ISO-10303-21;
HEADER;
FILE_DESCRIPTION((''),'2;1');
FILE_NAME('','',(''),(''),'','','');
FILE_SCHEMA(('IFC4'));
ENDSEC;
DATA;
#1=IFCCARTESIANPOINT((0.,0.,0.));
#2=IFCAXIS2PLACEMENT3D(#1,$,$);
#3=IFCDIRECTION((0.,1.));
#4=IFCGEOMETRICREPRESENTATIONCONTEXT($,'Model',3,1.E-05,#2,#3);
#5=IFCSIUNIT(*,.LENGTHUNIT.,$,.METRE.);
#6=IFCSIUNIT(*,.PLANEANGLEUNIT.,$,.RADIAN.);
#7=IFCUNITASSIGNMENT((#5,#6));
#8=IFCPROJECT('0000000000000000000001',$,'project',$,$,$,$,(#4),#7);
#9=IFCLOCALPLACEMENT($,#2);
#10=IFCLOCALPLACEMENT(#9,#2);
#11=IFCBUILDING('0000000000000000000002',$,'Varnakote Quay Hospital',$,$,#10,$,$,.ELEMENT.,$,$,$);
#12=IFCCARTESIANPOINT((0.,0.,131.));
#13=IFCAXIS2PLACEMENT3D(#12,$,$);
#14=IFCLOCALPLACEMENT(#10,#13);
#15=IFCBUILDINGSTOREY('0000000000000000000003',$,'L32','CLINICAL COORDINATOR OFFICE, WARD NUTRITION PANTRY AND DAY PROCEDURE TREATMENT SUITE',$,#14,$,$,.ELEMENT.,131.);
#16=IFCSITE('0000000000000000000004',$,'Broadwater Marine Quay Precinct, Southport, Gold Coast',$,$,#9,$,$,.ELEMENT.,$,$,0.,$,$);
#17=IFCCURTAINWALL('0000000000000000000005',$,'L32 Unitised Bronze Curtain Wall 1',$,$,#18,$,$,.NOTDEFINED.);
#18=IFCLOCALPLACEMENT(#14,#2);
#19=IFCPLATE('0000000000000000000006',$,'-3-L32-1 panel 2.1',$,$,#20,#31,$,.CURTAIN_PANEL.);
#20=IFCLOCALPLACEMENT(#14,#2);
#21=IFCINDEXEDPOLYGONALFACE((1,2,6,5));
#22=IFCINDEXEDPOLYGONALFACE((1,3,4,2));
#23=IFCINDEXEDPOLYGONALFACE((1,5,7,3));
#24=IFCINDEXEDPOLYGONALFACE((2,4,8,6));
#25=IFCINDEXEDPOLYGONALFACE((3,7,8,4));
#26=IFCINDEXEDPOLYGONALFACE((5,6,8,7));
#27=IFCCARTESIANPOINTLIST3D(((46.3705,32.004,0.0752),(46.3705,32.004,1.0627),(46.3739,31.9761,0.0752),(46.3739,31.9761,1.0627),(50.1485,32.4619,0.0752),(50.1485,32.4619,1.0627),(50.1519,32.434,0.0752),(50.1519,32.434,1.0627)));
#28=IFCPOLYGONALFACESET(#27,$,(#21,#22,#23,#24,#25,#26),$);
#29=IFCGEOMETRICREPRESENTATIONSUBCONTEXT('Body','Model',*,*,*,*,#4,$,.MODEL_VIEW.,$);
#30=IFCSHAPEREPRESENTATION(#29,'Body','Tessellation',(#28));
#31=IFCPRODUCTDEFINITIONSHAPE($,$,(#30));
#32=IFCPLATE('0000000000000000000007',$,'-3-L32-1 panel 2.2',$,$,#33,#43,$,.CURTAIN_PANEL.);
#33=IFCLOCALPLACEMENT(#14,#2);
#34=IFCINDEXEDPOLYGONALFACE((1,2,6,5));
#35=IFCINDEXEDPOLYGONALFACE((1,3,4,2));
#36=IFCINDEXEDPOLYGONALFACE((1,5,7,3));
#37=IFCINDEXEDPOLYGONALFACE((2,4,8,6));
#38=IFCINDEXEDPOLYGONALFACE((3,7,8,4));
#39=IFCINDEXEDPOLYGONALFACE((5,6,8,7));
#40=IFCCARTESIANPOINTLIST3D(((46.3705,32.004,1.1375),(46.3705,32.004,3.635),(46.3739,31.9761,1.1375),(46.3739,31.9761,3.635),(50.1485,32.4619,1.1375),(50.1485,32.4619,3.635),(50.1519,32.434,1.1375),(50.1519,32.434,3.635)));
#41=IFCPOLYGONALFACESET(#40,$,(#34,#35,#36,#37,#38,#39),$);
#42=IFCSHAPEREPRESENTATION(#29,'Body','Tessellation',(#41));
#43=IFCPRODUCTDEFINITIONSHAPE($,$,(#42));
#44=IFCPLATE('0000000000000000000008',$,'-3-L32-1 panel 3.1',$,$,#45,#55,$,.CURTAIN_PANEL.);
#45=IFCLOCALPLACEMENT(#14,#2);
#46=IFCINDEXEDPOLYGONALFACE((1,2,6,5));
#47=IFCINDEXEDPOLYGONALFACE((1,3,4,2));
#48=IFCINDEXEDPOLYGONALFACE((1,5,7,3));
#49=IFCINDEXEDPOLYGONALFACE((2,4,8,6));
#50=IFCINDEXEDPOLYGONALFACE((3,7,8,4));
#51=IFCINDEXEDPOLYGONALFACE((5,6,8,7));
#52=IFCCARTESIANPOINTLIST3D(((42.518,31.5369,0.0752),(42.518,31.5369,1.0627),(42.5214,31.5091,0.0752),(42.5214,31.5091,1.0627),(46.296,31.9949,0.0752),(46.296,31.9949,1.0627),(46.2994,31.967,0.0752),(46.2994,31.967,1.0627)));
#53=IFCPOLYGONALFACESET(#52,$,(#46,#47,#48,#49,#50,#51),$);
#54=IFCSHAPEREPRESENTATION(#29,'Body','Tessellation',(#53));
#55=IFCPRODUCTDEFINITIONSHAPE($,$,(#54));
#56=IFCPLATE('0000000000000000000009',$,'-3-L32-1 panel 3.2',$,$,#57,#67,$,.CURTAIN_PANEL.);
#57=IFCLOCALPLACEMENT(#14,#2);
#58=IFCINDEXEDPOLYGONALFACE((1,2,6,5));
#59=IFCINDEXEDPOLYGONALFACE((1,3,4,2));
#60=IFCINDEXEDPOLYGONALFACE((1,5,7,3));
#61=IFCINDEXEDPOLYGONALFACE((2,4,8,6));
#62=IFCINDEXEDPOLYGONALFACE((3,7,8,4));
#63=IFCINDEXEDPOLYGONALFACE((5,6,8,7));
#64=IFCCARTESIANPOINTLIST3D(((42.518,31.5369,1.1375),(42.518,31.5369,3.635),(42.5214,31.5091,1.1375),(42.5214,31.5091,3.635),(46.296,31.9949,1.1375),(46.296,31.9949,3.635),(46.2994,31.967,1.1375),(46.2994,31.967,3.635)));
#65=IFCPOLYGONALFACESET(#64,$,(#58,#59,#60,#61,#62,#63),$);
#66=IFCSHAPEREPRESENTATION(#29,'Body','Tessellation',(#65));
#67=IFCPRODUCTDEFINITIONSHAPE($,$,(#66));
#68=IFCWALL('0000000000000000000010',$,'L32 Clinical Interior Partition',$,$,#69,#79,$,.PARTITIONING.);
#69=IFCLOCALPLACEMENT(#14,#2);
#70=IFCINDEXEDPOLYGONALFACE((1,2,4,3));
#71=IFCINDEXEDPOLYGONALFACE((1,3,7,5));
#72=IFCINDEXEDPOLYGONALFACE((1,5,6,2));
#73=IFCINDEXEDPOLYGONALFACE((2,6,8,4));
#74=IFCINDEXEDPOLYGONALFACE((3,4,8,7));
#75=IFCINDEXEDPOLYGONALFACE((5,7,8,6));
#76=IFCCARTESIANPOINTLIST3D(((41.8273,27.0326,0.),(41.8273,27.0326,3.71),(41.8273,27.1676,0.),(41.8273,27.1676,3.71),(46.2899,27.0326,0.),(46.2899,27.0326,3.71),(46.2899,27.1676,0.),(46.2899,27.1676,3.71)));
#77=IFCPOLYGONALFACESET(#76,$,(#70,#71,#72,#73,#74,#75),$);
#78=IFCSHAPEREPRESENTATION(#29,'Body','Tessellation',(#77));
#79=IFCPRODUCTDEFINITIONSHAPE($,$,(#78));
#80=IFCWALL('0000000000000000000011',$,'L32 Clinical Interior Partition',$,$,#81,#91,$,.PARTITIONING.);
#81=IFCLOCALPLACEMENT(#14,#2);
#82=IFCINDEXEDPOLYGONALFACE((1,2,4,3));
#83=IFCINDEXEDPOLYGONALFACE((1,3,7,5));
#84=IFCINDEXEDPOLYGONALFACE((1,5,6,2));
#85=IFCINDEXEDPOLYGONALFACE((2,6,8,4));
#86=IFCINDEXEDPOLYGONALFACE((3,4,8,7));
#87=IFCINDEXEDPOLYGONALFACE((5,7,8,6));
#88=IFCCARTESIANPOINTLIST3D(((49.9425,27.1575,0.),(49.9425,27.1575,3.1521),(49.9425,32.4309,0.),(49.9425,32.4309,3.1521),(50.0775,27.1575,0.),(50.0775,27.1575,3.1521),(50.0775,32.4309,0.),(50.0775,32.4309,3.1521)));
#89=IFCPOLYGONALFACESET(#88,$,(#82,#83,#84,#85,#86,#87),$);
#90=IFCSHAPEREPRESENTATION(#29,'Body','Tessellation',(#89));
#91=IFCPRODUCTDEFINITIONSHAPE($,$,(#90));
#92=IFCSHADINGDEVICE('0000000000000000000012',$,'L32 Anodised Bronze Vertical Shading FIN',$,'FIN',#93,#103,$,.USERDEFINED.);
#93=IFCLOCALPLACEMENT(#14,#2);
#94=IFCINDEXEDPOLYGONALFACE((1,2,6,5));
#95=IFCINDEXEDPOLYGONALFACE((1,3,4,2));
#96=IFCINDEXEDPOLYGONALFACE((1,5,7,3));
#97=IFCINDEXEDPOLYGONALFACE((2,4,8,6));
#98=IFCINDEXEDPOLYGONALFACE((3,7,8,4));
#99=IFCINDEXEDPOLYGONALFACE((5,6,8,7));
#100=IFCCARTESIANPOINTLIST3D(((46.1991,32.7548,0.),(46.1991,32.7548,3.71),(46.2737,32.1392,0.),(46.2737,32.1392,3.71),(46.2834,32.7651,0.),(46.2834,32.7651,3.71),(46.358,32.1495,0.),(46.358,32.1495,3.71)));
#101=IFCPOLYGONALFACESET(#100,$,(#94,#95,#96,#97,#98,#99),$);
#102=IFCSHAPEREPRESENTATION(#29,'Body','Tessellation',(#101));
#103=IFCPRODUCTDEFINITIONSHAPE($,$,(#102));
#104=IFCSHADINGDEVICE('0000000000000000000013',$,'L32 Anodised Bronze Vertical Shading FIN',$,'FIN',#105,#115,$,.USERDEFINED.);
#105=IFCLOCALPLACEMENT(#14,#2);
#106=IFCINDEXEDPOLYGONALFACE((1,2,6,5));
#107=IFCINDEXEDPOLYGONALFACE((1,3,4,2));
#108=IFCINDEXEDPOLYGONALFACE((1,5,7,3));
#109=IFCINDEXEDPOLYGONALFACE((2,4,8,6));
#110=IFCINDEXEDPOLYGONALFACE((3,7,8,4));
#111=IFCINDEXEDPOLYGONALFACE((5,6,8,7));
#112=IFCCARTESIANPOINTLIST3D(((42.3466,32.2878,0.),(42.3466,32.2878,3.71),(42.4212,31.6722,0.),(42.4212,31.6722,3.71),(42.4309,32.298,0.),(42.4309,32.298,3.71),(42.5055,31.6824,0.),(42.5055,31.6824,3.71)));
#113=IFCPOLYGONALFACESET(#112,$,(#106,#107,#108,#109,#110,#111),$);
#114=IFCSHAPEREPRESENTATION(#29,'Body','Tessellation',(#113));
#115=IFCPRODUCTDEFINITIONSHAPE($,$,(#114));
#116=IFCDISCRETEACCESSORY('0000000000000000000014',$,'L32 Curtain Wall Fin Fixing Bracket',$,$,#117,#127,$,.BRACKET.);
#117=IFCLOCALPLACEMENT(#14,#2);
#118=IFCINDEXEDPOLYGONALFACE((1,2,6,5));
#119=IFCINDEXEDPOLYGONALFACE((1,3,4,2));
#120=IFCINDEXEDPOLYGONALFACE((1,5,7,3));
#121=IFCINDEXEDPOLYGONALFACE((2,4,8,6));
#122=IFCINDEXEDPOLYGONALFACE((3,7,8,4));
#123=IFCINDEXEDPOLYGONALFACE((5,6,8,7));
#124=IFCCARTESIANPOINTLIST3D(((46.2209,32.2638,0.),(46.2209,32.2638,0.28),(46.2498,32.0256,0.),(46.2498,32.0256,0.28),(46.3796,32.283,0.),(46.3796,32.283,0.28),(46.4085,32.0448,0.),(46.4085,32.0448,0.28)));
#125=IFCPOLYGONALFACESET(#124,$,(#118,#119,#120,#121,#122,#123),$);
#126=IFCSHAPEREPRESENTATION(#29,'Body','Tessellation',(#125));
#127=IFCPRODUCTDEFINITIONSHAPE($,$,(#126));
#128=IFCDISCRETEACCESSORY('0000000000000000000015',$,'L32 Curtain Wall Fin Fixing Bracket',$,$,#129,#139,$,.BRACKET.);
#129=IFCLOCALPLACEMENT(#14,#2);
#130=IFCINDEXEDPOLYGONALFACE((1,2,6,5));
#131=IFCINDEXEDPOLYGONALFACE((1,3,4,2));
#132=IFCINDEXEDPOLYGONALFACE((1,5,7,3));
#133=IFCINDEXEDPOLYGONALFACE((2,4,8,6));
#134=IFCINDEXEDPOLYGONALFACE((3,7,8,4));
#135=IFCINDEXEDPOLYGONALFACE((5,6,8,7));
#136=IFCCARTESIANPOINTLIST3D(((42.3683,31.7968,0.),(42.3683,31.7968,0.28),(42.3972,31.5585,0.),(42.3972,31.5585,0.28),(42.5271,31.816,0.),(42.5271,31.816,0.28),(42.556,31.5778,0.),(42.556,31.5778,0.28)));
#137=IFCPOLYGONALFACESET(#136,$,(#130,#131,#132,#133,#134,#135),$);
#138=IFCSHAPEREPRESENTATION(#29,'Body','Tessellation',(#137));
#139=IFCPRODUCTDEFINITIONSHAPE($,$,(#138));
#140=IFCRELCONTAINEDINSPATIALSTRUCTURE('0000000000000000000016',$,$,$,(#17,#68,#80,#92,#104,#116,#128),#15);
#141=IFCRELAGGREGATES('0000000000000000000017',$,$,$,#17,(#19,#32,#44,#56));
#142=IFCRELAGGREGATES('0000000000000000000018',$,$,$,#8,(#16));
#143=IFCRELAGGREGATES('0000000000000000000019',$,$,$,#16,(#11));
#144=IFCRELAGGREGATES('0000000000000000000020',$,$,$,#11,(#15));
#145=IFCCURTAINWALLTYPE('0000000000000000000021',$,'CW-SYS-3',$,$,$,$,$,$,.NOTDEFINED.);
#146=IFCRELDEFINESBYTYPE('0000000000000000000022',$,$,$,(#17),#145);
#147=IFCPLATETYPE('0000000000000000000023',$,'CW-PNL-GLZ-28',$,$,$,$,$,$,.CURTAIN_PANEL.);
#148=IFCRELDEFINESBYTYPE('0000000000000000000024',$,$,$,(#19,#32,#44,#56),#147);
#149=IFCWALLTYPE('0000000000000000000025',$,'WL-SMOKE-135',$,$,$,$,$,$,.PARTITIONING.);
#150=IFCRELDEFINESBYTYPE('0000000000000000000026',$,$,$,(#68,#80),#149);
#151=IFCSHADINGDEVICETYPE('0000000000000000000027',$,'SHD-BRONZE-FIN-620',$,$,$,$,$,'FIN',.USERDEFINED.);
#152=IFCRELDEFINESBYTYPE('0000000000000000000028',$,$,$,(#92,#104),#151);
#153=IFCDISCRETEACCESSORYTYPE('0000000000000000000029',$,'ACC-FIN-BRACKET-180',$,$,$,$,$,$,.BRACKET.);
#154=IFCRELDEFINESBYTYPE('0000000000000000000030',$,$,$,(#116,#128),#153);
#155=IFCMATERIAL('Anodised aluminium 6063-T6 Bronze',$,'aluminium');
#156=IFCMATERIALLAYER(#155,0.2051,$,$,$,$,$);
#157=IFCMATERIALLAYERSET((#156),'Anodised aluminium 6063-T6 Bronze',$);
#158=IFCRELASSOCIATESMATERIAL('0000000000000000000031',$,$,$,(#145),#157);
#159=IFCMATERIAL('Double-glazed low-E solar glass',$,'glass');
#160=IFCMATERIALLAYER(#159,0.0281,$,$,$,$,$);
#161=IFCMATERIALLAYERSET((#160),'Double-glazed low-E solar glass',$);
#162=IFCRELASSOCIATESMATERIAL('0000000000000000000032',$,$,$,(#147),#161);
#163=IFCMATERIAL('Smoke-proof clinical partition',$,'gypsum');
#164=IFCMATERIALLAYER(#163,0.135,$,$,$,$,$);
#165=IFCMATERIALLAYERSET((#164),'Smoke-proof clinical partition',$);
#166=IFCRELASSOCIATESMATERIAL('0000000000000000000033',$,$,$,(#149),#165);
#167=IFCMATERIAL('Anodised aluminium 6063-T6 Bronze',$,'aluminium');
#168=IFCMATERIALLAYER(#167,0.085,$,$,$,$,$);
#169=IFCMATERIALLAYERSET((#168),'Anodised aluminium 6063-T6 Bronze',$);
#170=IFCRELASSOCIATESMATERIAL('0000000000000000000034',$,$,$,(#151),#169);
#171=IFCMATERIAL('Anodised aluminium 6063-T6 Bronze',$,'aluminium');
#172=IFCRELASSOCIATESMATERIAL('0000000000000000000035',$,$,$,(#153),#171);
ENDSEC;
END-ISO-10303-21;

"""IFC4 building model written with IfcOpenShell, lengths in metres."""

from ifc_helpers import new_model, si_unit, direction, frame, frame_2d, origin, origin_2d, place, context, subcontext, project, spatial, rectangle, extrude, material, layer, layer_set, type_object, element, aggregate, save


model = new_model("IFC4")

# Units and contexts
model_context = context("Model", 3, precision=1e-05, world=origin(), true_north=direction((0.0, 1.0)))
body_context = subcontext(model_context, "Body", "Model", "MODEL_VIEW")
ifc_project = project(units=[si_unit("LENGTHUNIT", "METRE"), si_unit("PLANEANGLEUNIT", "RADIAN")], contexts=[model_context])

# Site, building, storey
site_placement = place(None, origin())
site = spatial("IfcSite", under=ifc_project, at=site_placement, Name="Broadwater Marine Quay Precinct, Southport, Gold Coast", CompositionType="ELEMENT", RefElevation=0.0)
building_placement = place(site_placement, origin())
building = spatial("IfcBuilding", under=site, at=building_placement, Name="Varnakote Quay Hospital", CompositionType="ELEMENT")
storey_placement = place(building_placement, frame((0.0, 0.0, 131.0)))
storey = spatial("IfcBuildingStorey", under=building, at=storey_placement, Name="L32", Description="CLINICAL COORDINATOR OFFICE, WARD NUTRITION PANTRY AND DAY PROCEDURE TREATMENT SUITE", CompositionType="ELEMENT", Elevation=131.0)

# Curtain wall
ifc_material_1 = material(Name="Anodised aluminium 6063-T6 Bronze", Category="aluminium")
ifc_layer_1 = layer(ifc_material_1, 0.2051)
ifc_layer_set_1 = layer_set([ifc_layer_1], Name="Anodised aluminium 6063-T6 Bronze")
curtain_wall_type = type_object("IfcCurtainWallType", Name="CW-SYS-3", PredefinedType="NOTDEFINED", material=ifc_layer_set_1)
curtain_wall_placement = place(storey_placement, origin())
curtain_wall = element("IfcCurtainWall", 1, at=curtain_wall_placement, inside=storey, type_object=curtain_wall_type, Name="L32 Unitised Bronze Curtain Wall 1", PredefinedType="NOTDEFINED")

# Plates
ifc_material_2 = material(Name="Double-glazed low-E solar glass", Category="glass")
ifc_layer_2 = layer(ifc_material_2, 0.0281)
ifc_layer_set_2 = layer_set([ifc_layer_2], Name="Double-glazed low-E solar glass")
plate_type = type_object("IfcPlateType", Name="CW-PNL-GLZ-28", PredefinedType="CURTAIN_PANEL", material=ifc_layer_set_2)
plate_1_placement = place(storey_placement, frame((48.2612, 32.219, 0.0752), z_axis=(0.0, 0.0, 1.0), x_axis=(-0.992734, -0.120327, 0.0)))
plate_1 = element("IfcPlate", 2, at=plate_1_placement, type_object=plate_type, Name="-3-L32-1 panel 2.1", PredefinedType="CURTAIN_PANEL", context=body_context, shape_type="SweptSolid", body=[
    extrude(rectangle(XDim=3.8057, YDim=0.0281, at=origin_2d()), origin(), (0.0, 0.0, 1.0), 0.9875),
])
plate_2_placement = place(storey_placement, frame((48.2612, 32.219, 1.1375), z_axis=(0.0, 0.0, 1.0), x_axis=(-0.992734, -0.120327, 0.0)))
plate_2 = element("IfcPlate", 3, at=plate_2_placement, type_object=plate_type, Name="-3-L32-1 panel 2.2", PredefinedType="CURTAIN_PANEL", context=body_context, shape_type="SweptSolid", body=[
    extrude(rectangle(XDim=3.8057, YDim=0.0281, at=origin_2d()), origin(), (0.0, 0.0, 1.0), 2.4976),
])
plate_3_placement = place(storey_placement, frame((44.4087, 31.752, 0.0752), z_axis=(0.0, 0.0, 1.0), x_axis=(-0.992734, -0.120327, 0.0)))
plate_3 = element("IfcPlate", 4, at=plate_3_placement, type_object=plate_type, Name="-3-L32-1 panel 3.1", PredefinedType="CURTAIN_PANEL", context=body_context, shape_type="SweptSolid", body=[
    extrude(rectangle(XDim=3.8057, YDim=0.0281, at=origin_2d()), origin(), (0.0, 0.0, 1.0), 0.9875),
])
plate_4_placement = place(storey_placement, frame((44.4087, 31.752, 1.1375), z_axis=(0.0, 0.0, 1.0), x_axis=(-0.992734, -0.120327, 0.0)))
plate_4 = element("IfcPlate", 5, at=plate_4_placement, type_object=plate_type, Name="-3-L32-1 panel 3.2", PredefinedType="CURTAIN_PANEL", context=body_context, shape_type="SweptSolid", body=[
    extrude(rectangle(XDim=3.8057, YDim=0.0281, at=origin_2d()), origin(), (0.0, 0.0, 1.0), 2.4976),
])
aggregate(curtain_wall, [plate_1, plate_2, plate_3, plate_4])

# Walls
ifc_material_3 = material(Name="Smoke-proof clinical partition", Category="gypsum")
ifc_layer_3 = layer(ifc_material_3, 0.135)
ifc_layer_set_3 = layer_set([ifc_layer_3], Name="Smoke-proof clinical partition")
wall_type = type_object("IfcWallType", Name="WL-SMOKE-135", PredefinedType="PARTITIONING", material=ifc_layer_set_3)
wall_1_placement = place(storey_placement, frame((46.29, 27.1001, 0.0), z_axis=(0.0, 0.0, 1.0), x_axis=(-1.0, 0.0, 0.0)))
element("IfcWall", 6, at=wall_1_placement, inside=storey, type_object=wall_type, Name="L32 Clinical Interior Partition", PredefinedType="PARTITIONING", context=body_context, shape_type="SweptSolid", body=[
    extrude(rectangle(XDim=4.4626, YDim=0.135, at=frame_2d((2.2314, 0.0))), origin(), (0.0, 0.0, 1.0), 3.71),
])
wall_2_placement = place(storey_placement, frame((50.01, 27.1575, 0.0), z_axis=(0.0, 0.0, 1.0), x_axis=(0.0, 1.0, 0.0)))
element("IfcWall", 7, at=wall_2_placement, inside=storey, type_object=wall_type, Name="L32 Clinical Interior Partition", PredefinedType="PARTITIONING", context=body_context, shape_type="SweptSolid", body=[
    extrude(rectangle(XDim=5.2734, YDim=0.135, at=frame_2d((2.6367, 0.0))), origin(), (0.0, 0.0, 1.0), 3.1521),
])

# Shading devices
ifc_material_4 = material(Name="Anodised aluminium 6063-T6 Bronze", Category="aluminium")
ifc_layer_4 = layer(ifc_material_4, 0.085)
ifc_layer_set_4 = layer_set([ifc_layer_4], Name="Anodised aluminium 6063-T6 Bronze")
shading_device_type = type_object("IfcShadingDeviceType", Name="SHD-BRONZE-FIN-620", ElementType="FIN", PredefinedType="USERDEFINED", material=ifc_layer_set_4)
for number, where, z_axis, x_axis, name in (
    (8, (46.2786, 32.4521, 0.0), (0.0, 0.0, 1.0), (0.12031, -0.992736, 0.0), "L32 Anodised Bronze Vertical Shading FIN"),
    (9, (42.426, 31.9851, 0.0), (0.0, 0.0, 1.0), (0.12031, -0.992736, 0.0), "L32 Anodised Bronze Vertical Shading FIN"),
):
    element("IfcShadingDevice", number, at=place(storey_placement, frame(where, z_axis=z_axis, x_axis=x_axis)), inside=storey, type_object=shading_device_type, Name=name, ObjectType="FIN", PredefinedType="USERDEFINED", context=body_context, shape_type="SweptSolid", body=[
        extrude(rectangle(XDim=0.6201, YDim=0.085, at=origin_2d()), origin(), (0.0, 0.0, 1.0), 3.71),
    ])

# Discrete accessories
ifc_material_5 = material(Name="Anodised aluminium 6063-T6 Bronze", Category="aluminium")
discrete_accessory_type = type_object("IfcDiscreteAccessoryType", Name="ACC-FIN-BRACKET-180", PredefinedType="BRACKET", material=ifc_material_5)
for number, where, z_axis, x_axis, name in (
    (10, (46.3147, 32.1543, 0.0), (0.0, 0.0, 1.0), (-0.992736, -0.12031, 0.0), "L32 Curtain Wall Fin Fixing Bracket"),
    (11, (42.4622, 31.6873, 0.0), (0.0, 0.0, 1.0), (-0.992736, -0.12031, 0.0), "L32 Curtain Wall Fin Fixing Bracket"),
):
    element("IfcDiscreteAccessory", number, at=place(storey_placement, frame(where, z_axis=z_axis, x_axis=x_axis)), inside=storey, type_object=discrete_accessory_type, Name=name, PredefinedType="BRACKET", context=body_context, shape_type="SweptSolid", body=[
        extrude(rectangle(XDim=0.1599, YDim=0.24, at=origin_2d()), origin(), (0.0, 0.0, 1.0), 0.28),
    ])

save(model, "model.ifc")
